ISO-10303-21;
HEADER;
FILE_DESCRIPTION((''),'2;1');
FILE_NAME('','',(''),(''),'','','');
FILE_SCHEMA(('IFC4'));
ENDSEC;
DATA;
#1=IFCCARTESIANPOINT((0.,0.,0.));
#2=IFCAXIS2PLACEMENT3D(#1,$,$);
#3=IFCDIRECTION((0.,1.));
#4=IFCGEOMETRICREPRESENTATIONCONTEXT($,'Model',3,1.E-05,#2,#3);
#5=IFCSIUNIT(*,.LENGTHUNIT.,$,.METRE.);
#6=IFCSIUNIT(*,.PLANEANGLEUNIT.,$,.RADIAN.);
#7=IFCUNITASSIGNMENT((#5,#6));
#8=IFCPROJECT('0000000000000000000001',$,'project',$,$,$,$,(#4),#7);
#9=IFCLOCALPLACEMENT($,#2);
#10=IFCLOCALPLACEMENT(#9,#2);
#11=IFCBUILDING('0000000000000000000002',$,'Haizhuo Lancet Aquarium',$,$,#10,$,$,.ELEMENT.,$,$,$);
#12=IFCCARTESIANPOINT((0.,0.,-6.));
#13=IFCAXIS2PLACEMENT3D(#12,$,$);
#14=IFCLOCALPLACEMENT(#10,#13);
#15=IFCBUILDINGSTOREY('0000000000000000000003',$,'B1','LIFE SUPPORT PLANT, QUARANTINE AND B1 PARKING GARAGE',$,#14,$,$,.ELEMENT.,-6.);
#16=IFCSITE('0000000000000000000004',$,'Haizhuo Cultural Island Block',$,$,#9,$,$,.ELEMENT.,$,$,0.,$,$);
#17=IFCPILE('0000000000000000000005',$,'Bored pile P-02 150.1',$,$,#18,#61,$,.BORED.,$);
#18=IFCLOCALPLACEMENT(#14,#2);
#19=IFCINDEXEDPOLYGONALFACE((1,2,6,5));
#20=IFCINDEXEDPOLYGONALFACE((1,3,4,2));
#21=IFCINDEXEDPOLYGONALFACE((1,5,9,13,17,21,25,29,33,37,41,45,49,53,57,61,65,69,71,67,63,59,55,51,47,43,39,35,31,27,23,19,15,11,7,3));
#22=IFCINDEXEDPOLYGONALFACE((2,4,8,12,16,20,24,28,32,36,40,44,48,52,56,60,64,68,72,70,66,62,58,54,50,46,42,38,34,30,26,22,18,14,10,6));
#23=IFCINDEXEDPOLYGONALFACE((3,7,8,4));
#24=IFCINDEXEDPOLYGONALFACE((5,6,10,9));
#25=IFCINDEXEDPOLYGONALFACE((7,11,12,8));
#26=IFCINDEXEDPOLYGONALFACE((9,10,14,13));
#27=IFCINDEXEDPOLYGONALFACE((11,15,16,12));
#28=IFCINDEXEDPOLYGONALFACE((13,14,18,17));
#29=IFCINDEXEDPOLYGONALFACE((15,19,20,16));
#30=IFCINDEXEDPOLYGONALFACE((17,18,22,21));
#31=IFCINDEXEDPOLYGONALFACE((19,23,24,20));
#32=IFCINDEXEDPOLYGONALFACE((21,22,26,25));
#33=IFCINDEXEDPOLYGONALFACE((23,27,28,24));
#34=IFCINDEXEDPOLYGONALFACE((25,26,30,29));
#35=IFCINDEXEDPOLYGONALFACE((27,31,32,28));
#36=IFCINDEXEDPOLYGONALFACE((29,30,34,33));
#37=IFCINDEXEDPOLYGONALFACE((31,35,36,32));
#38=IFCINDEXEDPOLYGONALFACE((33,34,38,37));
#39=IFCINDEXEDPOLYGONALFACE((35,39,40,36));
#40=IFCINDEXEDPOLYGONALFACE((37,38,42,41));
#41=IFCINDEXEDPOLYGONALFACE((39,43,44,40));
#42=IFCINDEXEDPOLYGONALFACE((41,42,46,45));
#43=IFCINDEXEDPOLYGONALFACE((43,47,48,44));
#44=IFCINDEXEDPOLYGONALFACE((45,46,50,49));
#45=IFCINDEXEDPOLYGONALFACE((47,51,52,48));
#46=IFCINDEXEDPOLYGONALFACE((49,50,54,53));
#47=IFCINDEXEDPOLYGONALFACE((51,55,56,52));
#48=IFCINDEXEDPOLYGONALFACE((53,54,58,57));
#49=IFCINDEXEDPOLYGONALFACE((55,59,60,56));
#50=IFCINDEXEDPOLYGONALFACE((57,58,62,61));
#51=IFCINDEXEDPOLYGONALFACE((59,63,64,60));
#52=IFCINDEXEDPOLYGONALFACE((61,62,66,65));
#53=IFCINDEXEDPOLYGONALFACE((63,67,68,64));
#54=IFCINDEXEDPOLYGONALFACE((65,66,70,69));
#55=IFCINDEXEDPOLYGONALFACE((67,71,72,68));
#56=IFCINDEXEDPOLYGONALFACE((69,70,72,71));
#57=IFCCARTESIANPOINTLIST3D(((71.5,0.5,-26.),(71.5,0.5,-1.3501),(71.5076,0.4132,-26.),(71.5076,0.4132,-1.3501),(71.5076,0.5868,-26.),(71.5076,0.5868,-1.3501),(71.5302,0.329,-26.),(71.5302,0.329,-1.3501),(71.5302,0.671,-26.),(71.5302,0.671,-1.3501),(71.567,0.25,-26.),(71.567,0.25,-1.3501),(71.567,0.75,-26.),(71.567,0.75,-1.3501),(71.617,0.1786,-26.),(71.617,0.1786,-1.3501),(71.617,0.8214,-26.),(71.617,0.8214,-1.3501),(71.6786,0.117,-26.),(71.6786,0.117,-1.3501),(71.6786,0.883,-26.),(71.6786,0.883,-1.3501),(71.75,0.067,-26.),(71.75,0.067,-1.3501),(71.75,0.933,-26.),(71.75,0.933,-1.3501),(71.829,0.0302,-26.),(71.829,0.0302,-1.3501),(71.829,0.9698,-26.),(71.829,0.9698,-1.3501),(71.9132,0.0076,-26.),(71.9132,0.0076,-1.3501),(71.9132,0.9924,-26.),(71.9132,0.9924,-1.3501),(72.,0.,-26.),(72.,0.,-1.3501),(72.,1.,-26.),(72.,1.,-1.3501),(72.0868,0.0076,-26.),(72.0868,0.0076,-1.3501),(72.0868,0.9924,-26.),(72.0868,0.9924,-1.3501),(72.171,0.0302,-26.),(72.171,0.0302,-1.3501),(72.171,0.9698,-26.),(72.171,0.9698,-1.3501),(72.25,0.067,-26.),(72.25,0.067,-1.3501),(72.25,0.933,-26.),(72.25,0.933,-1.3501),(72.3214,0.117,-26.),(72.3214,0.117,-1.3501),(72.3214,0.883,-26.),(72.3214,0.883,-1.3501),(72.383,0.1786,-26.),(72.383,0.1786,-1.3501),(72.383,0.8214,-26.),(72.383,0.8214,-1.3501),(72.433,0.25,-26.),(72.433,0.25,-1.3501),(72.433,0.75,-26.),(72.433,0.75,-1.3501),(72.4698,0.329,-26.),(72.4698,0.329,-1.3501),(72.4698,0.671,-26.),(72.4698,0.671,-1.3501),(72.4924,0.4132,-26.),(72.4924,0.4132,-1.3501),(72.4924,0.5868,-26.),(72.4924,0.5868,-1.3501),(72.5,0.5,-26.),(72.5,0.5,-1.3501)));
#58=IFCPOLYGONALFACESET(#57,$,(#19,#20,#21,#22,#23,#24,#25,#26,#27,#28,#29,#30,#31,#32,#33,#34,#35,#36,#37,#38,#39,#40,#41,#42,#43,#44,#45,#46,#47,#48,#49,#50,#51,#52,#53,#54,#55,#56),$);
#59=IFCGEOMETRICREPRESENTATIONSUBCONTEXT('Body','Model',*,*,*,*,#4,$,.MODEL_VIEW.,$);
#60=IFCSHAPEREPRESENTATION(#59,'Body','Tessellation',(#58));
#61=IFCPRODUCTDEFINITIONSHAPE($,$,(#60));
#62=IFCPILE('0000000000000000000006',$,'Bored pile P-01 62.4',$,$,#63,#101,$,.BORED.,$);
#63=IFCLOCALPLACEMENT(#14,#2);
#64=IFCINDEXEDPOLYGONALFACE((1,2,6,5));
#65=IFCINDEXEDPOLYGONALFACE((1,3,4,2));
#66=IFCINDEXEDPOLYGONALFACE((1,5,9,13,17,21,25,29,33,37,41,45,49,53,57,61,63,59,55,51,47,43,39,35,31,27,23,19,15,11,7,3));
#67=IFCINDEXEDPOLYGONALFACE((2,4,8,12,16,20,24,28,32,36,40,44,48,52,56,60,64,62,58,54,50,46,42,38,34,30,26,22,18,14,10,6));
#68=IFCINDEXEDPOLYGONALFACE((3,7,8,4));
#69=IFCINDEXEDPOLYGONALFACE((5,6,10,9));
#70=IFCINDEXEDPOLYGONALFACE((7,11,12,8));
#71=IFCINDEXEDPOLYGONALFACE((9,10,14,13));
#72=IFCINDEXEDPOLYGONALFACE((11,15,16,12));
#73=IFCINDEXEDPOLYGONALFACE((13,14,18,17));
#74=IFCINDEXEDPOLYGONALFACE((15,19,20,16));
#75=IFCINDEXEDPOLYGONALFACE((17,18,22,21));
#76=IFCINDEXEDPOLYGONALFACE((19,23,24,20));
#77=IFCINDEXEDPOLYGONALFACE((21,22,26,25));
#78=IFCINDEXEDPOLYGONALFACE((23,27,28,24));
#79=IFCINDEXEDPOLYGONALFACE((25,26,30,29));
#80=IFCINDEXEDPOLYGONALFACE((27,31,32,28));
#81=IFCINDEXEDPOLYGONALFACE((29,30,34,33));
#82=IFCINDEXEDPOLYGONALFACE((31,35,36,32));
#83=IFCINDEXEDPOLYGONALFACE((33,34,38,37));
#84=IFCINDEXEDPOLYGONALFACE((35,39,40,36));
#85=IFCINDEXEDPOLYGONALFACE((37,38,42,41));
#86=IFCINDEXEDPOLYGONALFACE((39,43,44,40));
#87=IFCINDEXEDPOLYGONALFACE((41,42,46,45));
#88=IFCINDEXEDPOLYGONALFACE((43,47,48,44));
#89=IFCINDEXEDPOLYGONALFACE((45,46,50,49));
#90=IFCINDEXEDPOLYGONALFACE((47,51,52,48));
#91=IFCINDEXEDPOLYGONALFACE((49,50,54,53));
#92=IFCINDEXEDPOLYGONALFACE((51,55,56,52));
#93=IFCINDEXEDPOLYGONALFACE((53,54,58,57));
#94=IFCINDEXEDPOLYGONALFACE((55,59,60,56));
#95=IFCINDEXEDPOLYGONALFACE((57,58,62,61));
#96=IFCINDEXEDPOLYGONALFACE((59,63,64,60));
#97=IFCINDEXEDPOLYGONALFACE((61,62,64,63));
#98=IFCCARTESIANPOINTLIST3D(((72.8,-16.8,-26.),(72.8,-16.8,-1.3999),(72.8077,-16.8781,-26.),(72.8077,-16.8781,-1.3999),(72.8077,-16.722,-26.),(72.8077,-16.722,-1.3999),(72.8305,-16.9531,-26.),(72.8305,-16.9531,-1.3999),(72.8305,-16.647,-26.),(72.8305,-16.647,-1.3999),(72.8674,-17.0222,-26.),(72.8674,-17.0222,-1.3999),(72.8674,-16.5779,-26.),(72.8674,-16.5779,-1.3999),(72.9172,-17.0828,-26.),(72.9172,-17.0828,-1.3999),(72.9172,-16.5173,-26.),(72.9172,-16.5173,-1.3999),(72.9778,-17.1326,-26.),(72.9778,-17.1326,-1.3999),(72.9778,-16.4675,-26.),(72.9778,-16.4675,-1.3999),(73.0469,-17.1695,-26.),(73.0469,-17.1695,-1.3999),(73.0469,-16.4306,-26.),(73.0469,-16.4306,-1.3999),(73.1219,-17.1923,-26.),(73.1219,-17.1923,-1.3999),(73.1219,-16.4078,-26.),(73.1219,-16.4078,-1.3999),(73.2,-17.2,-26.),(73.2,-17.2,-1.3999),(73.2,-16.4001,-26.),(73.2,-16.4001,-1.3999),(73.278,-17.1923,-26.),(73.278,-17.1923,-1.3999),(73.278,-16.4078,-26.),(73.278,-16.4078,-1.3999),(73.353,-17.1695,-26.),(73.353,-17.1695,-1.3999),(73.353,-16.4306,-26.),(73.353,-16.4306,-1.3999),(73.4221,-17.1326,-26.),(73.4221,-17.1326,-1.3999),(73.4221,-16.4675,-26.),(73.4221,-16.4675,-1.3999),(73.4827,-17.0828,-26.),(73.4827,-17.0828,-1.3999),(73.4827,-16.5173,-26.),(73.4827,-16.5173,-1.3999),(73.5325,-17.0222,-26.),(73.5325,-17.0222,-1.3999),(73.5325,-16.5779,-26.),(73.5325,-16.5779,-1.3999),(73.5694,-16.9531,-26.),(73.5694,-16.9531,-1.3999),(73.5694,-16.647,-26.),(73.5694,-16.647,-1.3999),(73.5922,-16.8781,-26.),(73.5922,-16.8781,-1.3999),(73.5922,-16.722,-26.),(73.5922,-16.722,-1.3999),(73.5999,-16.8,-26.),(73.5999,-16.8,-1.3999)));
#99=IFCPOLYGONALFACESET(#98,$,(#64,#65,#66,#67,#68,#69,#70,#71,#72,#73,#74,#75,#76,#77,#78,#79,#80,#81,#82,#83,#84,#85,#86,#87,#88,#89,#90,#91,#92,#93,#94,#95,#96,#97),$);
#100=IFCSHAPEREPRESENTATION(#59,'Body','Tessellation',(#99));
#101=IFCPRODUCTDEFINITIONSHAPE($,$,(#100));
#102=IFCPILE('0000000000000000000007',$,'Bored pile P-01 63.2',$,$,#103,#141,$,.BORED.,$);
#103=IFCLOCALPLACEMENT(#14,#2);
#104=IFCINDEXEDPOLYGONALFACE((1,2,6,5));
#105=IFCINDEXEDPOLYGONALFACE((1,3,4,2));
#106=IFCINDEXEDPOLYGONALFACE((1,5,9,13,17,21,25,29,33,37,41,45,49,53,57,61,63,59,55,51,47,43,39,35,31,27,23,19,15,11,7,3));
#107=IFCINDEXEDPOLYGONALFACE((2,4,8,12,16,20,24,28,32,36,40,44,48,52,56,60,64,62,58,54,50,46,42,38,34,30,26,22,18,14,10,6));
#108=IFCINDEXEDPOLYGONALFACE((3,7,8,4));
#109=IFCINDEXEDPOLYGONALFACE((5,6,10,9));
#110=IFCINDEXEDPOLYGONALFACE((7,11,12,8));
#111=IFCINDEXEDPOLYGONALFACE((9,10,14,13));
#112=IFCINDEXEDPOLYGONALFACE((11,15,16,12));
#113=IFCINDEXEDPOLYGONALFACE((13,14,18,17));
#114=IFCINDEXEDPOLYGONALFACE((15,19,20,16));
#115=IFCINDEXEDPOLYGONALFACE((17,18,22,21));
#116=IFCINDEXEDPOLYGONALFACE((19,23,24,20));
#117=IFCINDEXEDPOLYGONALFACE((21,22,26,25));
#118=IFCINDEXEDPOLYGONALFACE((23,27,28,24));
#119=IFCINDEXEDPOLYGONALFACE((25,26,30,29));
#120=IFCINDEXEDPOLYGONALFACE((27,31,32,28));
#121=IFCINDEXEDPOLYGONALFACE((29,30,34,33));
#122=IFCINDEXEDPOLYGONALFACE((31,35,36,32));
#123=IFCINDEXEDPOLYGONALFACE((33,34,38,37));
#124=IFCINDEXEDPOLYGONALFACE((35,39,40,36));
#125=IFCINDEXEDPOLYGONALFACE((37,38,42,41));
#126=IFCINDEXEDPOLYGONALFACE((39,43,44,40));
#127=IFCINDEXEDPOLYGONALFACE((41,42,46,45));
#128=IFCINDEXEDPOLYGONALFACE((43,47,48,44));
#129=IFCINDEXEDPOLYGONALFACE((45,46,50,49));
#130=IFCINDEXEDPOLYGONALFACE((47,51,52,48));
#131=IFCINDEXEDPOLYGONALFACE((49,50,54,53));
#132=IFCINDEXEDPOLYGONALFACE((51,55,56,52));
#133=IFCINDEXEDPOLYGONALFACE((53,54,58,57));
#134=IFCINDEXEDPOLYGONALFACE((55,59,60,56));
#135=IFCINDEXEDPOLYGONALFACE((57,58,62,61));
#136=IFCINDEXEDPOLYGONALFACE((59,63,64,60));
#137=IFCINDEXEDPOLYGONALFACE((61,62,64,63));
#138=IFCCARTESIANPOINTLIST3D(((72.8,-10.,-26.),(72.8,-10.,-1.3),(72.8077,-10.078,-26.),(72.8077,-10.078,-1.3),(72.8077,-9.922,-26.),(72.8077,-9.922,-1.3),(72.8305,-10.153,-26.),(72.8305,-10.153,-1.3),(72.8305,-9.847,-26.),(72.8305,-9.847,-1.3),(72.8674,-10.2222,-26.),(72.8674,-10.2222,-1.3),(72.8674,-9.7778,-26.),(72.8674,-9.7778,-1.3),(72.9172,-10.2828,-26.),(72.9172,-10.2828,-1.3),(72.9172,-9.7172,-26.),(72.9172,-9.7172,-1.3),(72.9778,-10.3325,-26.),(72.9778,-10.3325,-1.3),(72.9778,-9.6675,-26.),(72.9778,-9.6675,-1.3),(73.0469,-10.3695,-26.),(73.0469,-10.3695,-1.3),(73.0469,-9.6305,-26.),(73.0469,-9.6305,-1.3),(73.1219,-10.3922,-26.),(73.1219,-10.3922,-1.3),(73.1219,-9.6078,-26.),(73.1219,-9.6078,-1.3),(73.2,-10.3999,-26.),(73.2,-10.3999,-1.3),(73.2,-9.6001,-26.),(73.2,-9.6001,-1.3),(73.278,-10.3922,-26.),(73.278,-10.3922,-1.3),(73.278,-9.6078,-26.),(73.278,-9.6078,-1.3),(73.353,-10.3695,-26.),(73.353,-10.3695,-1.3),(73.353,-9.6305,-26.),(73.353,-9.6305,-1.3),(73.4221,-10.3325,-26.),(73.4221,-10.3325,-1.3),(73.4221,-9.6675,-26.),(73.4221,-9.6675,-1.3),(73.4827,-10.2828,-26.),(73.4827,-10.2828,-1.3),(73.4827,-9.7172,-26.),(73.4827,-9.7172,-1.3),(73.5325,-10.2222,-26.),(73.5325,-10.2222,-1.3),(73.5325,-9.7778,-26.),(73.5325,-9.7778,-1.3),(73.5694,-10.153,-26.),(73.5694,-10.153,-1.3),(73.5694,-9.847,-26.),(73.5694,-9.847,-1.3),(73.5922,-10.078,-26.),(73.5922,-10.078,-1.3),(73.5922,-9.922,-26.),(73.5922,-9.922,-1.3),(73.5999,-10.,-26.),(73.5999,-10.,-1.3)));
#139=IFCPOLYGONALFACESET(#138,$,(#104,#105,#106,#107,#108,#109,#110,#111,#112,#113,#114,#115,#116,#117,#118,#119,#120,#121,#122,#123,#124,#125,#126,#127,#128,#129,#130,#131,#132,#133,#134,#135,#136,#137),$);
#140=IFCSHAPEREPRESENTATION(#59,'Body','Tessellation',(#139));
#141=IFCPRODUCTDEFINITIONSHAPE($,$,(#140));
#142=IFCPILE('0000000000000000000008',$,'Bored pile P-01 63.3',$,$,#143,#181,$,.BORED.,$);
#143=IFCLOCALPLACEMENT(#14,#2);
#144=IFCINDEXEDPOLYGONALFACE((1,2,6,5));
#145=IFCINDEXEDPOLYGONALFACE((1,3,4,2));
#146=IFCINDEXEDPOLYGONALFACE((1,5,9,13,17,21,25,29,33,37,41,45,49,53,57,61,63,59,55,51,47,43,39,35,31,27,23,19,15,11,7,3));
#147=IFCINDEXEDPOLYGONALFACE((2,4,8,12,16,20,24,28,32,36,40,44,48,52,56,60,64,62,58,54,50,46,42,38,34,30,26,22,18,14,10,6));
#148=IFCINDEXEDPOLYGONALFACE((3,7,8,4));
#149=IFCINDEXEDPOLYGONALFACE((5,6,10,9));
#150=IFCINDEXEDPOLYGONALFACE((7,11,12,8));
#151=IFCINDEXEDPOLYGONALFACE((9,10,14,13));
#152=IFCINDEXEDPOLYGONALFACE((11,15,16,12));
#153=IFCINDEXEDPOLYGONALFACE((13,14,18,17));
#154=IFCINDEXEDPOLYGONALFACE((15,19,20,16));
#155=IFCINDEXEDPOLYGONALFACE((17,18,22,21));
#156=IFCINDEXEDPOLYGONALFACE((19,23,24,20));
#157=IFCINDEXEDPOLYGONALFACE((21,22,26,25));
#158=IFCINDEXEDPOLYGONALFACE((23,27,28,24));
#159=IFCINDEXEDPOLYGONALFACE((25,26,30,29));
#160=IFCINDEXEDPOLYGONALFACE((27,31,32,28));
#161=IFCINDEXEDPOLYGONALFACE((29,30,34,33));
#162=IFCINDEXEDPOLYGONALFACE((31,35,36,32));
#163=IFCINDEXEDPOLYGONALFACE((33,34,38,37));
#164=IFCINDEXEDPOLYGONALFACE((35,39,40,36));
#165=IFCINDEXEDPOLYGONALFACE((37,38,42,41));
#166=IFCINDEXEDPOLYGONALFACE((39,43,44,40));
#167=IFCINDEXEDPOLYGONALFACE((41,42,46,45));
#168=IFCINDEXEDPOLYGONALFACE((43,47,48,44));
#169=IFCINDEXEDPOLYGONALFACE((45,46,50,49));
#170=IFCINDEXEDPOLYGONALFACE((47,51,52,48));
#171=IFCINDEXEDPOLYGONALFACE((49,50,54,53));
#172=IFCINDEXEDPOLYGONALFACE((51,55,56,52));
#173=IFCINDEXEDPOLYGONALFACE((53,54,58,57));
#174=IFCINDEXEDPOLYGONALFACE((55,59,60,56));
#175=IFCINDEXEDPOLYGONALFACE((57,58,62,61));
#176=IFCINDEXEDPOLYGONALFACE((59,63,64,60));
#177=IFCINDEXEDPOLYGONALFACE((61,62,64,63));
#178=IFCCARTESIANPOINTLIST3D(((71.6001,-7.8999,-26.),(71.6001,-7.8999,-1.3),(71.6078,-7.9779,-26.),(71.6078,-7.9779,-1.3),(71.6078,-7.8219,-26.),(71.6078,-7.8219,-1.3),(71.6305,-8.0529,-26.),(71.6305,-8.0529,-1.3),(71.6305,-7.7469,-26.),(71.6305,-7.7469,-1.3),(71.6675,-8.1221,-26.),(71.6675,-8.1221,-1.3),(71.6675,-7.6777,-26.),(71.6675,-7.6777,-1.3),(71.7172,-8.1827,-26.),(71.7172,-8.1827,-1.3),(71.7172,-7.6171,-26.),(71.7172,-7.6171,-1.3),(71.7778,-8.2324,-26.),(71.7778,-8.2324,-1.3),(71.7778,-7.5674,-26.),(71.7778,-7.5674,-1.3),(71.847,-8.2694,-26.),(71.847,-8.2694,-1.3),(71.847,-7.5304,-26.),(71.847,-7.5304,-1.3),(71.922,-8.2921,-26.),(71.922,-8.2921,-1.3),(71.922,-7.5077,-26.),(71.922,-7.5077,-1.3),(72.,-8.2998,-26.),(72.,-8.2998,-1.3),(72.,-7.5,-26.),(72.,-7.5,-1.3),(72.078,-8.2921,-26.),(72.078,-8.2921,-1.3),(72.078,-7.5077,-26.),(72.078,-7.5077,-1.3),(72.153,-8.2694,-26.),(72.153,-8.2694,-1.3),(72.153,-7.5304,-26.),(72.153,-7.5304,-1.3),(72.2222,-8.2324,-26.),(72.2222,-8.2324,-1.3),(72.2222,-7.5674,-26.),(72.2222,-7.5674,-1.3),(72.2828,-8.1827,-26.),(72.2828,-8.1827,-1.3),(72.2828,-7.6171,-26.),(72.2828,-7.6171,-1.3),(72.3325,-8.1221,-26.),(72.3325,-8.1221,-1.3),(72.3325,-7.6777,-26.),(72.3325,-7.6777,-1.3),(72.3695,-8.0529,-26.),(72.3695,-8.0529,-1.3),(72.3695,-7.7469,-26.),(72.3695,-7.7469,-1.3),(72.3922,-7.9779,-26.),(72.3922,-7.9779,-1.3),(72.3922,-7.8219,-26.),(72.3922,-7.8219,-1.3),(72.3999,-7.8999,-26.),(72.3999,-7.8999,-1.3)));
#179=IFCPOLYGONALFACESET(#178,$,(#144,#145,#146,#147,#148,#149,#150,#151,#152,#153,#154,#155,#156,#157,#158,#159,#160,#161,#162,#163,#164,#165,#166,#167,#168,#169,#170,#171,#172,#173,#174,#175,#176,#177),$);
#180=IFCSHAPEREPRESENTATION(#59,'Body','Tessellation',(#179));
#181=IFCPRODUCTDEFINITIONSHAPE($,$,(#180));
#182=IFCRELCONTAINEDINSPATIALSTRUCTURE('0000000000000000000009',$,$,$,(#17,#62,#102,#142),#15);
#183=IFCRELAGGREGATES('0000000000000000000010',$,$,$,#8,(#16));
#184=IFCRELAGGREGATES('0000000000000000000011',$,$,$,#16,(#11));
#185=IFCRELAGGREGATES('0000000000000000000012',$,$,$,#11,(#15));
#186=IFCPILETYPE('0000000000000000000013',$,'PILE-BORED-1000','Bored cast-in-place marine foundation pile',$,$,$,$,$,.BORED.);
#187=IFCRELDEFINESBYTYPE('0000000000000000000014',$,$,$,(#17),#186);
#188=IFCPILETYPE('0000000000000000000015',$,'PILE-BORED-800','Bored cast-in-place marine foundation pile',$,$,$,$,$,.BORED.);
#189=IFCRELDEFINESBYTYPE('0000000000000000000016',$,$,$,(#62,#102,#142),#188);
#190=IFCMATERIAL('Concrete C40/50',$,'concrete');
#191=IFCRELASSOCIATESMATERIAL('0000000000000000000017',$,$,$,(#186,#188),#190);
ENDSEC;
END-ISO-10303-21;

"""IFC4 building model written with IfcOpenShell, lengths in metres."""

from ifc_helpers import new_model, si_unit, direction, frame, origin, origin_2d, place, context, subcontext, project, spatial, circle, extrude, material, material_profile, profile_set, type_object, element, save


model = new_model("IFC4")

# Units and contexts
model_context = context("Model", 3, precision=1e-05, world=origin(), true_north=direction((0.0, 1.0)))
body_context = subcontext(model_context, "Body", "Model", "MODEL_VIEW")
ifc_project = project(units=[si_unit("LENGTHUNIT", "METRE"), si_unit("PLANEANGLEUNIT", "RADIAN")], contexts=[model_context])

# Site, building, storey
site_placement = place(None, origin())
site = spatial("IfcSite", under=ifc_project, at=site_placement, Name="Haizhuo Cultural Island Block", CompositionType="ELEMENT", RefElevation=0.0)
building_placement = place(site_placement, origin())
building = spatial("IfcBuilding", under=site, at=building_placement, Name="Haizhuo Lancet Aquarium", CompositionType="ELEMENT")
storey_placement = place(building_placement, frame((0.0, 0.0, -6.0)))
storey = spatial("IfcBuildingStorey", under=building, at=storey_placement, Name="B1", Description="LIFE SUPPORT PLANT, QUARANTINE AND B1 PARKING GARAGE", CompositionType="ELEMENT", Elevation=-6.0)

# Shared definitions
ifc_material_1 = material(Name="Concrete C40/50", Category="concrete")

# Piles
ifc_material_profile_1 = material_profile(ifc_material_1, circle(Radius=0.5, at=origin_2d()), Name="PILE-1000")
ifc_profile_set_1 = profile_set([ifc_material_profile_1], Name="Concrete C40/50")
pile_type_1 = type_object("IfcPileType", Name="PILE-BORED-1000", Description="Bored cast-in-place marine foundation pile", PredefinedType="BORED", material=ifc_profile_set_1)
for number, where, z_axis, x_axis, name in (
    (1, (72.0, 0.5, -1.3501), (0.0, 0.0, -1.0), (1.0, 0.0, 0.0), "Bored pile P-02 150.1"),
):
    element("IfcPile", number, at=place(storey_placement, frame(where, z_axis=z_axis, x_axis=x_axis)), inside=storey, type_object=pile_type_1, Name=name, PredefinedType="BORED", context=body_context, shape_type="SweptSolid", body=[
        extrude(circle(Radius=0.5, at=origin_2d()), origin(), (0.0, 0.0, 1.0), 24.6499),
    ])
ifc_material_profile_2 = material_profile(ifc_material_1, circle(Radius=0.3999, at=origin_2d()), Name="PILE-800")
ifc_profile_set_2 = profile_set([ifc_material_profile_2], Name="Concrete C40/50")
pile_type_2 = type_object("IfcPileType", Name="PILE-BORED-800", Description="Bored cast-in-place marine foundation pile", PredefinedType="BORED", material=ifc_profile_set_2)
pile_placement = place(storey_placement, frame((73.2, -16.8, -1.3999), z_axis=(0.0, 0.0, -1.0), x_axis=(1.0, 0.0, 0.0)))
element("IfcPile", 2, at=pile_placement, inside=storey, type_object=pile_type_2, Name="Bored pile P-01 62.4", PredefinedType="BORED", context=body_context, shape_type="SweptSolid", body=[
    extrude(circle(Radius=0.3999, at=origin_2d()), origin(), (0.0, 0.0, 1.0), 24.6001),
])
for number, where, z_axis, x_axis, name in (
    (3, (73.2, -10.0, -1.3), (0.0, 0.0, -1.0), (1.0, 0.0, 0.0), "Bored pile P-01 63.2"),
    (4, (72.0, -7.8999, -1.3), (0.0, 0.0, -1.0), (1.0, 0.0, 0.0), "Bored pile P-01 63.3"),
):
    element("IfcPile", number, at=place(storey_placement, frame(where, z_axis=z_axis, x_axis=x_axis)), inside=storey, type_object=pile_type_2, Name=name, PredefinedType="BORED", context=body_context, shape_type="SweptSolid", body=[
        extrude(circle(Radius=0.3999, at=origin_2d()), origin(), (0.0, 0.0, 1.0), 24.7),
    ])

save(model, "model.ifc")
